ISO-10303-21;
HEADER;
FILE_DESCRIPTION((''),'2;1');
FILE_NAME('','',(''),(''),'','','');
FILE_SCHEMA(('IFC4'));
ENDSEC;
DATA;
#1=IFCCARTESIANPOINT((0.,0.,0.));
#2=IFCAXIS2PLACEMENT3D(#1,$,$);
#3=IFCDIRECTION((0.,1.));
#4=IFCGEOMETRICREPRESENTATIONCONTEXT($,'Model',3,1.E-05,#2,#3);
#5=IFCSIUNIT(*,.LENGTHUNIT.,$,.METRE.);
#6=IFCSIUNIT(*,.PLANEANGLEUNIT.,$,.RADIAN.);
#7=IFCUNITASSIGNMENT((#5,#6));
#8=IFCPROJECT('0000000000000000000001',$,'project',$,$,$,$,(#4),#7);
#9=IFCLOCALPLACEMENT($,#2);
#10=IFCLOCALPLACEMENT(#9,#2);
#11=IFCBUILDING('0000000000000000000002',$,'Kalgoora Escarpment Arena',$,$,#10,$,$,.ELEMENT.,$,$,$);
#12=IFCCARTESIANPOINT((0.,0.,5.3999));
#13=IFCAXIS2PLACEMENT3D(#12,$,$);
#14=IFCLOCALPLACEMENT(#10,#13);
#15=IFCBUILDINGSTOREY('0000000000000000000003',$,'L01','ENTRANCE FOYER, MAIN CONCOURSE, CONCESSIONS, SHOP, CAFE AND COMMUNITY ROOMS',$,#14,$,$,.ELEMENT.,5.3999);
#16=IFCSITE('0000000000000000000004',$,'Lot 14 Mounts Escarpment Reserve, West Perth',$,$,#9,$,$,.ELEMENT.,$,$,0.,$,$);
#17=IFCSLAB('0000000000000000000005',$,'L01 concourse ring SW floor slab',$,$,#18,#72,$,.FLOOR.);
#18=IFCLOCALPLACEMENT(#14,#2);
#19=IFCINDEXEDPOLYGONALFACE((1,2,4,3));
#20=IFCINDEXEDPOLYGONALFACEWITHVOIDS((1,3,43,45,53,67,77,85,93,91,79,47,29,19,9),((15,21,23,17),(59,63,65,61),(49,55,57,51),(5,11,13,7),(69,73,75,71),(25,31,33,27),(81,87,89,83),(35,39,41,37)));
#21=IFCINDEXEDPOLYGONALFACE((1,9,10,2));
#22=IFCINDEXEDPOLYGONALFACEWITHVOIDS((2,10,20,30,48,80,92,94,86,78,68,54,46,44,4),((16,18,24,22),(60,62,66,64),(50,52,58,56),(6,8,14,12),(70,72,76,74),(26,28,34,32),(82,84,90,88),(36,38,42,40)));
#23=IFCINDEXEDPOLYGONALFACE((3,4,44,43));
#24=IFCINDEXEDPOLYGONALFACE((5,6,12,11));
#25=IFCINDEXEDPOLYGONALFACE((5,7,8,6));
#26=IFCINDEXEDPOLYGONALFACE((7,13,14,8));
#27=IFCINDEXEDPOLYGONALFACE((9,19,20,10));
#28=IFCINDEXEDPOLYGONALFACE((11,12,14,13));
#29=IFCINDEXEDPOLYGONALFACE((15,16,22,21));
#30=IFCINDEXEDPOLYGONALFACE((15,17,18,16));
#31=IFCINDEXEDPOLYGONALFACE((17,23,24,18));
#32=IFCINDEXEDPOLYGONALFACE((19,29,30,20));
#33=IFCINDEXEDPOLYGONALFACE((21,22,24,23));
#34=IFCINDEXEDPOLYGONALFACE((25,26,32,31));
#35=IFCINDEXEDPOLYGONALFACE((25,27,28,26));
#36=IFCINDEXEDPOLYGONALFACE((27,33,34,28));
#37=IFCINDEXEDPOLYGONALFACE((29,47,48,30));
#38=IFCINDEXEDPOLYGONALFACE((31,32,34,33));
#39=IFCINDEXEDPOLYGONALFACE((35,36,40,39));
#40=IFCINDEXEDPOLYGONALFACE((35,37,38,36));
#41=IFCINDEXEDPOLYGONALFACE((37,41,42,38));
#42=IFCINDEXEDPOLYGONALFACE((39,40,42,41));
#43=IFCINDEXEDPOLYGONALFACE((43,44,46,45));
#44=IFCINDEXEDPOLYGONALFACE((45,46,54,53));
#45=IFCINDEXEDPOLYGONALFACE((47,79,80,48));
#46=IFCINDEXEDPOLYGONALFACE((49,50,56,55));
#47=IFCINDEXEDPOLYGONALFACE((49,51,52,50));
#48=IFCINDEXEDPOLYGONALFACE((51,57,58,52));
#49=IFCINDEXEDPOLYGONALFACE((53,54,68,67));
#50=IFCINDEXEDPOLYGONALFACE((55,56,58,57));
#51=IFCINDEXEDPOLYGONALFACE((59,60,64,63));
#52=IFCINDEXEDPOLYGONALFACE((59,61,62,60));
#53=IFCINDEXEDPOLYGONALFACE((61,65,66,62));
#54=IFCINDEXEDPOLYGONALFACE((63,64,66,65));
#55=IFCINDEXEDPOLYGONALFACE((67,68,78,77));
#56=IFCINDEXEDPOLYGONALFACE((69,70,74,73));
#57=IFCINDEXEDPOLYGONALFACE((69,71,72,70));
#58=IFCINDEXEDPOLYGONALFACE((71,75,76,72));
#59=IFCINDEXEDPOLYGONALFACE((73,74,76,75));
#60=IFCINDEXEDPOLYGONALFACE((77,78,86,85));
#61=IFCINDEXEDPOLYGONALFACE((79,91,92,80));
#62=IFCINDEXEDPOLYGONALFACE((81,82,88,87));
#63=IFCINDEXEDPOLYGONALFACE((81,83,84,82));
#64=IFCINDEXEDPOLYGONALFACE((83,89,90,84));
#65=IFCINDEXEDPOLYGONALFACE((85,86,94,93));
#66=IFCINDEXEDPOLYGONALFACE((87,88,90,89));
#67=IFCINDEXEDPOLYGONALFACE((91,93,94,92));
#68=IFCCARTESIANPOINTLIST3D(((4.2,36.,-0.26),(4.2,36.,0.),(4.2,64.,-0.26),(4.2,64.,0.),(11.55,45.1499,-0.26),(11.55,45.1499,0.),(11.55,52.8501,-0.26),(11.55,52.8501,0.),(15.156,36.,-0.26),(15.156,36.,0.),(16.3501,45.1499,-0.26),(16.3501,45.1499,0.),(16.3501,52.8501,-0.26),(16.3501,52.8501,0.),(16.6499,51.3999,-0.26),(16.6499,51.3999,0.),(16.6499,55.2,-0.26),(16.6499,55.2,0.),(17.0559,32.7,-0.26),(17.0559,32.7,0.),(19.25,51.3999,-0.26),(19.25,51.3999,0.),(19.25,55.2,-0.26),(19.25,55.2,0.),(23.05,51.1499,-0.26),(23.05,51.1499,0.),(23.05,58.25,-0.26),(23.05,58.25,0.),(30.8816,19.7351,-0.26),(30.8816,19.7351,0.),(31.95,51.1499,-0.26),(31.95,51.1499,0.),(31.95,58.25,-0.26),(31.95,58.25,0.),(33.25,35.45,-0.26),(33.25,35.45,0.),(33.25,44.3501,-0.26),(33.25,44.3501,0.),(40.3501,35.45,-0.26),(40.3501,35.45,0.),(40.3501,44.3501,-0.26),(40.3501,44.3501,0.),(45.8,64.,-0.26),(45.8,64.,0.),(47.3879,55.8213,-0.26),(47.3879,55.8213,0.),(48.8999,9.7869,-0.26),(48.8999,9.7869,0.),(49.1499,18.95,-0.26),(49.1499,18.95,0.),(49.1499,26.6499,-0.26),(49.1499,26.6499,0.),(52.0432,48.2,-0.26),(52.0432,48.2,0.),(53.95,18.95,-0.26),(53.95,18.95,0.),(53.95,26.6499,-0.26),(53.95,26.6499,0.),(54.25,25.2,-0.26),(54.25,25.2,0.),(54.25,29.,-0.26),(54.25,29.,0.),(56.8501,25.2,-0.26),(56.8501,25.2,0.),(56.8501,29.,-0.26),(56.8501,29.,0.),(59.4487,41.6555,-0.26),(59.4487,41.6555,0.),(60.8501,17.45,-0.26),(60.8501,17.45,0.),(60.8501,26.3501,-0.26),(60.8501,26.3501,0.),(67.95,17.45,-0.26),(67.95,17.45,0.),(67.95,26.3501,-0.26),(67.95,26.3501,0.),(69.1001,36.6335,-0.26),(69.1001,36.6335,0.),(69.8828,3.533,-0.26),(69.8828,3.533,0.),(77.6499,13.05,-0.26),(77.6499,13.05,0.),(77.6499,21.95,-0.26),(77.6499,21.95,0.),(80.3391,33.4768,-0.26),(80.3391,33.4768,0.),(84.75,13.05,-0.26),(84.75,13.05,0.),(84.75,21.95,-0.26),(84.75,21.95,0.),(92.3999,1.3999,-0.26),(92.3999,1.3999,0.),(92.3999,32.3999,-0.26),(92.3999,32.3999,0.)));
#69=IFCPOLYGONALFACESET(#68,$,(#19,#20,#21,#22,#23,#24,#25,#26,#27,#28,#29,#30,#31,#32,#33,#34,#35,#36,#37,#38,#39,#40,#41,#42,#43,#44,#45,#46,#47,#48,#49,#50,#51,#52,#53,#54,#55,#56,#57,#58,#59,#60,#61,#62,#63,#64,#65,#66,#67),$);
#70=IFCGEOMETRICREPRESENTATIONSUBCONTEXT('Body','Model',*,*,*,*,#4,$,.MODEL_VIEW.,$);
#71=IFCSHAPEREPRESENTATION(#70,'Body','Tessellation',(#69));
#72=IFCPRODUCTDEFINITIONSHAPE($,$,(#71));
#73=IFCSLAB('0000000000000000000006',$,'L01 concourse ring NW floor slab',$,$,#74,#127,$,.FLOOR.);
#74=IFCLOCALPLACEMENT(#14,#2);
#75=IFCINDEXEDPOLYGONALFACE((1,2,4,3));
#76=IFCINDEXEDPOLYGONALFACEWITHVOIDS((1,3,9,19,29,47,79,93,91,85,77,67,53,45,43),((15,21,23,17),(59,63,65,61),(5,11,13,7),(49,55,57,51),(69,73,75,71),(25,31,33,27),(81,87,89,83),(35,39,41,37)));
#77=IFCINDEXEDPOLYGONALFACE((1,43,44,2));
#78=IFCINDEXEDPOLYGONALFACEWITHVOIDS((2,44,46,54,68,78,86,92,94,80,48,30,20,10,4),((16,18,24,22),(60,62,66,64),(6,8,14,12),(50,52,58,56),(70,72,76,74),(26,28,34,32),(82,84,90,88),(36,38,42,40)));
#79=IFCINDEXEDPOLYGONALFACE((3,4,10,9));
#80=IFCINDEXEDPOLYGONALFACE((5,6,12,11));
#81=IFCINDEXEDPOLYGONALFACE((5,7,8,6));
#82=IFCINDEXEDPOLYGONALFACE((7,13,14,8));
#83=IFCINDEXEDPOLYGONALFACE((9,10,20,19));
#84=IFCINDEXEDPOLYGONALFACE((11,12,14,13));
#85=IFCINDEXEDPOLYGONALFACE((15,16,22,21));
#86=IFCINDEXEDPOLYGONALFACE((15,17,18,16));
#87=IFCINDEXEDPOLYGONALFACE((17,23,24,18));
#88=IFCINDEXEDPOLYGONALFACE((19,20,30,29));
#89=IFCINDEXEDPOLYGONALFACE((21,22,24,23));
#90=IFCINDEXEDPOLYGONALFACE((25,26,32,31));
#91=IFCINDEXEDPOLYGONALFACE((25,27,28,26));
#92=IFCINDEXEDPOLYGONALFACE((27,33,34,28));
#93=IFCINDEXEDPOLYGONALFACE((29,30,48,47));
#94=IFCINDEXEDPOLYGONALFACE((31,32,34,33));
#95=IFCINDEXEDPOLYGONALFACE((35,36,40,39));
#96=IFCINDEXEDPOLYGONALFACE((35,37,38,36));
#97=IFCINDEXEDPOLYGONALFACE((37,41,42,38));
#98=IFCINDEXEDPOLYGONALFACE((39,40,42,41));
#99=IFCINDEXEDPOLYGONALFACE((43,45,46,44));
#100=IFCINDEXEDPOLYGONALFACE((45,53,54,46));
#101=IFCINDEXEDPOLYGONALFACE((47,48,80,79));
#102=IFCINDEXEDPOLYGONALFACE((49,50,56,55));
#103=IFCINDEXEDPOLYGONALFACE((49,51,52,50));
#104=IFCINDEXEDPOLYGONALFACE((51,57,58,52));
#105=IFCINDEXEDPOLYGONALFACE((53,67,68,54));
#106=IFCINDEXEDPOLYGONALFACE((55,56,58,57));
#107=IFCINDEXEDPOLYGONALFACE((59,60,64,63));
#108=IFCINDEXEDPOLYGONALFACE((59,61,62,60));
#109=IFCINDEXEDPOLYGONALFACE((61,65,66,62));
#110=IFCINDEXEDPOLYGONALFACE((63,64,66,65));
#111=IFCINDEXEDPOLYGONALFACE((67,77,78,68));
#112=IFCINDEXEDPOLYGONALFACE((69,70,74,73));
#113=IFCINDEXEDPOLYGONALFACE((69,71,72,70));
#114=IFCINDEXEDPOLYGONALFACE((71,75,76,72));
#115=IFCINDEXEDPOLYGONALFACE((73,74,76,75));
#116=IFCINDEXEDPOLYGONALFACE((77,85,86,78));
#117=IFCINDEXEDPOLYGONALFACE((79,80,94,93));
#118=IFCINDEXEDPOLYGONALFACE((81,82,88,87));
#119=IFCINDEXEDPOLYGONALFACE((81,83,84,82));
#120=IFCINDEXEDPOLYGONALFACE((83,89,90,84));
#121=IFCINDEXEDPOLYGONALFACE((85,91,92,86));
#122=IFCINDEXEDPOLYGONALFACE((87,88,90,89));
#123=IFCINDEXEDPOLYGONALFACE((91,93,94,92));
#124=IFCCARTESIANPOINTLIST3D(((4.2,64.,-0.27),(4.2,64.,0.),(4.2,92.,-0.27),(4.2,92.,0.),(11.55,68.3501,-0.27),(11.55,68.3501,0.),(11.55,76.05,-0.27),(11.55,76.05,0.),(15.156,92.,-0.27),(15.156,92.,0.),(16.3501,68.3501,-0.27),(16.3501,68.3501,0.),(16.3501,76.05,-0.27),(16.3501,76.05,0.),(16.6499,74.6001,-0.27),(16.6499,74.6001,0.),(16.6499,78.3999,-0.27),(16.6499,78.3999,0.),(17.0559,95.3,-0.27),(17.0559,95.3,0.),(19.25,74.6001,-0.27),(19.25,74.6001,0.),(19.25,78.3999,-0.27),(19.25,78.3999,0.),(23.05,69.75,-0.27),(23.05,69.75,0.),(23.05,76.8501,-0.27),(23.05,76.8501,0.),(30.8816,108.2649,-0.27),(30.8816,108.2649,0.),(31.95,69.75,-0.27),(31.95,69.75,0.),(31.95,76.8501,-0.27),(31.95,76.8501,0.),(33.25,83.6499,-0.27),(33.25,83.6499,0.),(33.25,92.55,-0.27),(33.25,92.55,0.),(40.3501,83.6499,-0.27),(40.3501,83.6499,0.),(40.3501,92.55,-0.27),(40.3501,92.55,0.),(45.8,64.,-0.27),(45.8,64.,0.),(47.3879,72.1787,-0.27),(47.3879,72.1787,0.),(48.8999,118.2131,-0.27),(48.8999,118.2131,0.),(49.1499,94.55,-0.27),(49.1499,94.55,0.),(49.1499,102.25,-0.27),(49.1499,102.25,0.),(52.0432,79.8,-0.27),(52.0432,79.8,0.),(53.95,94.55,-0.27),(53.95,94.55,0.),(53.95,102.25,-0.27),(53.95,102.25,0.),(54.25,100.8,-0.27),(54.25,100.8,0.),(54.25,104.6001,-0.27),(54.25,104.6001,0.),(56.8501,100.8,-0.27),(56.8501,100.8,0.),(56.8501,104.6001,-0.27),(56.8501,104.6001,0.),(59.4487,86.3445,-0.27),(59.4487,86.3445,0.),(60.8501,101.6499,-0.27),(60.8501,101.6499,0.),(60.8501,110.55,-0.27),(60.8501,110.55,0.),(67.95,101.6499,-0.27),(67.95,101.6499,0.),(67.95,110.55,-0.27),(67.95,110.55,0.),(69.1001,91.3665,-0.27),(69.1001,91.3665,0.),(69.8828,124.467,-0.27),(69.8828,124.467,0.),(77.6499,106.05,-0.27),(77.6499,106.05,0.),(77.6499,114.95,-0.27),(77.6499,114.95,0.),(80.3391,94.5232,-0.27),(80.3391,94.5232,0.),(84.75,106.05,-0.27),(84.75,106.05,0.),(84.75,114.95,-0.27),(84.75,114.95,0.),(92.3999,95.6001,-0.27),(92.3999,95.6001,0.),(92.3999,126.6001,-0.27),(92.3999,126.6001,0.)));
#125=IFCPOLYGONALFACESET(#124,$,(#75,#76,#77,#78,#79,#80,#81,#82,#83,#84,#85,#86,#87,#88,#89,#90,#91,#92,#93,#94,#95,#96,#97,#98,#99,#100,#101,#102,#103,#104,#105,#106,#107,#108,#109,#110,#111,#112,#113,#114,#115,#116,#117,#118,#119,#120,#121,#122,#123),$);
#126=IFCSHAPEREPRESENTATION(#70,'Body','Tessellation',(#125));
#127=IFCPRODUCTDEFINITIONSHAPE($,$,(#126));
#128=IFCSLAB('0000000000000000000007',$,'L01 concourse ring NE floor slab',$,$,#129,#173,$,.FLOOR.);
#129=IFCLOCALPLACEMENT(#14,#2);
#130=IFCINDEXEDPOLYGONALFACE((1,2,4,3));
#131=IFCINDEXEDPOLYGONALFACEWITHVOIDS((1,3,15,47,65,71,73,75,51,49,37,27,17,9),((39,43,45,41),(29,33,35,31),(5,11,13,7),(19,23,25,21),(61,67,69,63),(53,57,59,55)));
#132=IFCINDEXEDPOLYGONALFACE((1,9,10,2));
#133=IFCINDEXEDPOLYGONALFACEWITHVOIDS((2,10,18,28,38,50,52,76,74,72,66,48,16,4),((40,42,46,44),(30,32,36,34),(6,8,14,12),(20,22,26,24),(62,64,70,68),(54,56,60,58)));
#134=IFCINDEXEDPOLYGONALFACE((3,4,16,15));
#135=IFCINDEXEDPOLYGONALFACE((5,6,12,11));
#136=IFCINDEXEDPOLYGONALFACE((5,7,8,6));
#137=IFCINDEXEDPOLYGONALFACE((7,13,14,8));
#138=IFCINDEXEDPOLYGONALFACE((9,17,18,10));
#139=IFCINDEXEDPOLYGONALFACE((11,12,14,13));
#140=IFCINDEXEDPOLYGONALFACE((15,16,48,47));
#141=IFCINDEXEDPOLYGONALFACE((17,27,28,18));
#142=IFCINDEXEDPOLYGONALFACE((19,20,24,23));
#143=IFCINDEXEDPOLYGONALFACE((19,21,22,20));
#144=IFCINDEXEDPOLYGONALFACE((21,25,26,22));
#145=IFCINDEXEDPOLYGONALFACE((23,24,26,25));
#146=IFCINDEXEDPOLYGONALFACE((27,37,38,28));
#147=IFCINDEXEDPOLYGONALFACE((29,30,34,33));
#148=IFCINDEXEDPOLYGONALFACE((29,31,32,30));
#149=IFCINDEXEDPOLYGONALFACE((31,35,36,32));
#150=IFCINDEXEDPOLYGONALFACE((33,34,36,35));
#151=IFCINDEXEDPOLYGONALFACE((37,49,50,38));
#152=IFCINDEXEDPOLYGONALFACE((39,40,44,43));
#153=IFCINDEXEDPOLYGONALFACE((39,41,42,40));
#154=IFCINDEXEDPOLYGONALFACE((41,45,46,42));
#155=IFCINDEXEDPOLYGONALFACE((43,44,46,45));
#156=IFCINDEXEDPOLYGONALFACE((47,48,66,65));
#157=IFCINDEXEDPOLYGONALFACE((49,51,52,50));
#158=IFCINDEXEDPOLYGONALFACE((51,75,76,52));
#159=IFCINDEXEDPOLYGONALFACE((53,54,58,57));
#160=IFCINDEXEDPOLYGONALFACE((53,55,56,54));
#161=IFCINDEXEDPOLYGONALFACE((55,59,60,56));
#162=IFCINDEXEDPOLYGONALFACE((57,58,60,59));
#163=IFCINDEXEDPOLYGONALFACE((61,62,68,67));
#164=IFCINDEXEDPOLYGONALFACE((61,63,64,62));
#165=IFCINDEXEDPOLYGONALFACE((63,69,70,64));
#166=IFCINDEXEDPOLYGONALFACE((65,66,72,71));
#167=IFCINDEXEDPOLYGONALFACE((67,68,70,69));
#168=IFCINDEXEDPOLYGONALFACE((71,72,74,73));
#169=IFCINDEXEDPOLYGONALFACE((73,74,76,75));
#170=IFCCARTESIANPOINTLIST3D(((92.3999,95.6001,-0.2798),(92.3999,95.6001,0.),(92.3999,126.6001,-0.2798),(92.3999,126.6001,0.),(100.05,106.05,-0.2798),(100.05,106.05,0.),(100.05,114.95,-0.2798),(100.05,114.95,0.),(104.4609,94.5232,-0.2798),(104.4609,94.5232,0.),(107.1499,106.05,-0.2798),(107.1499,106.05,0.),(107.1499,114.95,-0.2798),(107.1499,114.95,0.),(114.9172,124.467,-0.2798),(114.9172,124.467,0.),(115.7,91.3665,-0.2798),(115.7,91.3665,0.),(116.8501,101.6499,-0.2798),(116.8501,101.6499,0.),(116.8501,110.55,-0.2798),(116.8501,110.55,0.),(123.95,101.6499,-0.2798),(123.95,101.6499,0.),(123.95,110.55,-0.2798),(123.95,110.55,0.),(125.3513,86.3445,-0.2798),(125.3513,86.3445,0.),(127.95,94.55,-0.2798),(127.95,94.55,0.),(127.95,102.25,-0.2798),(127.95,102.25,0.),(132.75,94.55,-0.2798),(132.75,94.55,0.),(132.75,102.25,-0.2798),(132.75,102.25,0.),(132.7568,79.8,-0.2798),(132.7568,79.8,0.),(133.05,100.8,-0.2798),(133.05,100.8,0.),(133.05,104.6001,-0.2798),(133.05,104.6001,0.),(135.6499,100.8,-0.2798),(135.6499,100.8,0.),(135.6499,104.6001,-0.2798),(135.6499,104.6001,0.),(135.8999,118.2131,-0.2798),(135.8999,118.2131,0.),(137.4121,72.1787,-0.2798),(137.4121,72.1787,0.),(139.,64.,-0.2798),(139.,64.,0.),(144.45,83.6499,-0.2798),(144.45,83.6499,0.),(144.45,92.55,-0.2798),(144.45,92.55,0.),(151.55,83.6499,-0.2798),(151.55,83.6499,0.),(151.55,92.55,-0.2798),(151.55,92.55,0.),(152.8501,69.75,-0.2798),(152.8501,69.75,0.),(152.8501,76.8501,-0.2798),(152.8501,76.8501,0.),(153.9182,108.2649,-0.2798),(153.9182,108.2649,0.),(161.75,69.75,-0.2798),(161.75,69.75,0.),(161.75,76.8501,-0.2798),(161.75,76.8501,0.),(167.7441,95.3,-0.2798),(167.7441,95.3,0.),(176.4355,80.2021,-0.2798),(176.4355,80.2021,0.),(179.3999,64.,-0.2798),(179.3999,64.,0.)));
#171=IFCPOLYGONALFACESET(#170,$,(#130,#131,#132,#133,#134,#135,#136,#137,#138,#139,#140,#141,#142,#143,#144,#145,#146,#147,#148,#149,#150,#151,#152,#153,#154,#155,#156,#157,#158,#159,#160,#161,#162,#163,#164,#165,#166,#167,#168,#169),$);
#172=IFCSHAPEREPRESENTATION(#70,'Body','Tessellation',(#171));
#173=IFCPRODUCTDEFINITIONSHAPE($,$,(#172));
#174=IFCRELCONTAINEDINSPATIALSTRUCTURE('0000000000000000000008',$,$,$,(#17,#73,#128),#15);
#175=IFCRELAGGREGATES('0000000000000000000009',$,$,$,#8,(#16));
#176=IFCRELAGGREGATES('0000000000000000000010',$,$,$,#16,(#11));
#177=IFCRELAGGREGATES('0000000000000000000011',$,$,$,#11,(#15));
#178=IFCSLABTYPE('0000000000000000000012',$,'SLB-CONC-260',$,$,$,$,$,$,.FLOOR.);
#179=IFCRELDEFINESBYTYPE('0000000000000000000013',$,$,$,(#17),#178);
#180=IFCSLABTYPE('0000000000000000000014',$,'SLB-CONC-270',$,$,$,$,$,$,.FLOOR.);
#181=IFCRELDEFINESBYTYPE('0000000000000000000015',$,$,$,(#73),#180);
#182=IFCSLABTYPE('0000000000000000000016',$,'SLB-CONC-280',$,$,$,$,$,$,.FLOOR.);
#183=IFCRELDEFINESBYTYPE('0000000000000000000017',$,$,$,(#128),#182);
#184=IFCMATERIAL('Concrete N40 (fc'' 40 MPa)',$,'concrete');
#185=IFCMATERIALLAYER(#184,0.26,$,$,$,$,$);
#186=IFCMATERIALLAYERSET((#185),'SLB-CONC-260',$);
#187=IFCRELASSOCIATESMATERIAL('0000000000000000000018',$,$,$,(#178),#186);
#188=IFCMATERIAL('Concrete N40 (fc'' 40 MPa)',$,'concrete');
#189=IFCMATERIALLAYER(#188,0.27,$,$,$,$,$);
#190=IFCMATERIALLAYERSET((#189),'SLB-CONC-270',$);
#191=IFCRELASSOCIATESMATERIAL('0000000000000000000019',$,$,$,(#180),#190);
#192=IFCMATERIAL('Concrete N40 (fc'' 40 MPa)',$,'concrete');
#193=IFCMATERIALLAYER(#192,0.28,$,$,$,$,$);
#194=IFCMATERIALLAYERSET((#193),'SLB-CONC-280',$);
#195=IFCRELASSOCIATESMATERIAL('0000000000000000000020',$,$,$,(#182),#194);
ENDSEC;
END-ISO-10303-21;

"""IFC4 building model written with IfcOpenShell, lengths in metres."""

from ifc_helpers import new_model, si_unit, direction, frame, origin, place, context, subcontext, project, spatial, polyline, outline, extrude, material, layer, layer_set, type_object, element, save


model = new_model("IFC4")

# Units and contexts
model_context = context("Model", 3, precision=1e-05, world=origin(), true_north=direction((0.0, 1.0)))
body_context = subcontext(model_context, "Body", "Model", "MODEL_VIEW")
ifc_project = project(units=[si_unit("LENGTHUNIT", "METRE"), si_unit("PLANEANGLEUNIT", "RADIAN")], contexts=[model_context])

# Site, building, storey
site_placement = place(None, origin())
site = spatial("IfcSite", under=ifc_project, at=site_placement, Name="Lot 14 Mounts Escarpment Reserve, West Perth", CompositionType="ELEMENT", RefElevation=0.0)
building_placement = place(site_placement, origin())
building = spatial("IfcBuilding", under=site, at=building_placement, Name="Kalgoora Escarpment Arena", CompositionType="ELEMENT")
storey_placement = place(building_placement, frame((0.0, 0.0, 5.3999)))
storey = spatial("IfcBuildingStorey", under=building, at=storey_placement, Name="L01", Description="ENTRANCE FOYER, MAIN CONCOURSE, CONCESSIONS, SHOP, CAFE AND COMMUNITY ROOMS", CompositionType="ELEMENT", Elevation=5.3999)

# Slabs
ifc_material_1 = material(Name="Concrete N40 (fc' 40 MPa)", Category="concrete")
ifc_layer_1 = layer(ifc_material_1, 0.26)
ifc_layer_set_1 = layer_set([ifc_layer_1], Name="SLB-CONC-260")
slab_type_1 = type_object("IfcSlabType", Name="SLB-CONC-260", PredefinedType="FLOOR", material=ifc_layer_set_1)
slab_1_placement = place(storey_placement, frame((0.0, 0.0, -0.26)))
element("IfcSlab", 1, at=slab_1_placement, inside=storey, type_object=slab_type_1, Name="L01 concourse ring SW floor slab", PredefinedType="FLOOR", context=body_context, shape_type="SweptSolid", body=[
    extrude(outline(polyline([(69.8828, 3.533), (48.8999, 9.7869), (30.8816, 19.7351), (17.0559, 32.7), (15.156, 36.0), (4.2, 36.0), (4.2, 64.0), (45.8, 64.0), (47.3879, 55.8213), (52.0432, 48.2), (59.4487, 41.6555), (69.1001, 36.6335), (80.3391, 33.4768), (92.3999, 32.3999), (92.3999, 1.3999), (69.8828, 3.533)]), holes=[polyline([(77.6499, 21.95), (77.6499, 13.05), (84.75, 13.05), (84.75, 21.95), (77.6499, 21.95)]), polyline([(60.8501, 26.3501), (60.8501, 17.45), (67.95, 17.45), (67.95, 26.3501), (60.8501, 26.3501)]), polyline([(49.1499, 26.6499), (49.1499, 18.95), (53.95, 18.95), (53.95, 26.6499), (49.1499, 26.6499)]), polyline([(54.25, 29.0), (54.25, 25.2), (56.8501, 25.2), (56.8501, 29.0), (54.25, 29.0)]), polyline([(33.25, 44.3501), (33.25, 35.45), (40.3501, 35.45), (40.3501, 44.3501), (33.25, 44.3501)]), polyline([(11.55, 52.8501), (11.55, 45.1499), (16.3501, 45.1499), (16.3501, 52.8501), (11.55, 52.8501)]), polyline([(16.6499, 55.2), (16.6499, 51.3999), (19.25, 51.3999), (19.25, 55.2), (16.6499, 55.2)]), polyline([(23.05, 58.25), (23.05, 51.1499), (31.95, 51.1499), (31.95, 58.25), (23.05, 58.25)])]), origin(), (0.0, 0.0, 1.0), 0.26),
])
ifc_material_2 = material(Name="Concrete N40 (fc' 40 MPa)", Category="concrete")
ifc_layer_2 = layer(ifc_material_2, 0.27)
ifc_layer_set_2 = layer_set([ifc_layer_2], Name="SLB-CONC-270")
slab_type_2 = type_object("IfcSlabType", Name="SLB-CONC-270", PredefinedType="FLOOR", material=ifc_layer_set_2)
slab_2_placement = place(storey_placement, frame((0.0, 0.0, -0.27)))
element("IfcSlab", 2, at=slab_2_placement, inside=storey, type_object=slab_type_2, Name="L01 concourse ring NW floor slab", PredefinedType="FLOOR", context=body_context, shape_type="SweptSolid", body=[
    extrude(outline(polyline([(4.2, 92.0), (15.156, 92.0), (17.0559, 95.3), (30.8816, 108.2649), (48.8999, 118.2131), (69.8828, 124.467), (92.3999, 126.6001), (92.3999, 95.6001), (80.3391, 94.5232), (69.1001, 91.3665), (59.4487, 86.3445), (52.0432, 79.8), (47.3879, 72.1787), (45.8, 64.0), (4.2, 64.0), (4.2, 92.0)]), holes=[polyline([(11.55, 76.05), (11.55, 68.3501), (16.3501, 68.3501), (16.3501, 76.05), (11.55, 76.05)]), polyline([(23.05, 76.8501), (23.05, 69.75), (31.95, 69.75), (31.95, 76.8501), (23.05, 76.8501)]), polyline([(16.6499, 78.3999), (16.6499, 74.6001), (19.25, 74.6001), (19.25, 78.3999), (16.6499, 78.3999)]), polyline([(33.25, 92.55), (33.25, 83.6499), (40.3501, 83.6499), (40.3501, 92.55), (33.25, 92.55)]), polyline([(49.1499, 102.25), (49.1499, 94.55), (53.95, 94.55), (53.95, 102.25), (49.1499, 102.25)]), polyline([(54.25, 104.6001), (54.25, 100.8), (56.8501, 100.8), (56.8501, 104.6001), (54.25, 104.6001)]), polyline([(60.8501, 110.55), (60.8501, 101.6499), (67.95, 101.6499), (67.95, 110.55), (60.8501, 110.55)]), polyline([(77.6499, 114.95), (77.6499, 106.05), (84.75, 106.05), (84.75, 114.95), (77.6499, 114.95)])]), origin(), (0.0, 0.0, 1.0), 0.27),
])
ifc_material_3 = material(Name="Concrete N40 (fc' 40 MPa)", Category="concrete")
ifc_layer_3 = layer(ifc_material_3, 0.28)
ifc_layer_set_3 = layer_set([ifc_layer_3], Name="SLB-CONC-280")
slab_type_3 = type_object("IfcSlabType", Name="SLB-CONC-280", PredefinedType="FLOOR", material=ifc_layer_set_3)
slab_3_placement = place(storey_placement, frame((0.0, 0.0, -0.2798)))
element("IfcSlab", 3, at=slab_3_placement, inside=storey, type_object=slab_type_3, Name="L01 concourse ring NE floor slab", PredefinedType="FLOOR", context=body_context, shape_type="SweptSolid", body=[
    extrude(outline(polyline([(114.9172, 124.467), (135.8999, 118.2131), (153.9182, 108.2649), (167.7441, 95.3), (176.4355, 80.2021), (179.3999, 64.0), (139.0, 64.0), (137.4121, 72.1787), (132.7568, 79.8), (125.3513, 86.3445), (115.7, 91.3665), (104.4609, 94.5232), (92.3999, 95.6001), (92.3999, 126.6001), (114.9172, 124.467)]), holes=[polyline([(152.8501, 76.8501), (152.8501, 69.75), (161.75, 69.75), (161.75, 76.8501), (152.8501, 76.8501)]), polyline([(144.45, 92.55), (144.45, 83.6499), (151.55, 83.6499), (151.55, 92.55), (144.45, 92.55)]), polyline([(127.95, 102.25), (127.95, 94.55), (132.75, 94.55), (132.75, 102.25), (127.95, 102.25)]), polyline([(133.05, 104.6001), (133.05, 100.8), (135.6499, 100.8), (135.6499, 104.6001), (133.05, 104.6001)]), polyline([(116.8501, 110.55), (116.8501, 101.6499), (123.95, 101.6499), (123.95, 110.55), (116.8501, 110.55)]), polyline([(100.05, 114.95), (100.05, 106.05), (107.1499, 106.05), (107.1499, 114.95), (100.05, 114.95)])]), origin(), (0.0, 0.0, 1.0), 0.2798),
])

save(model, "model.ifc")
